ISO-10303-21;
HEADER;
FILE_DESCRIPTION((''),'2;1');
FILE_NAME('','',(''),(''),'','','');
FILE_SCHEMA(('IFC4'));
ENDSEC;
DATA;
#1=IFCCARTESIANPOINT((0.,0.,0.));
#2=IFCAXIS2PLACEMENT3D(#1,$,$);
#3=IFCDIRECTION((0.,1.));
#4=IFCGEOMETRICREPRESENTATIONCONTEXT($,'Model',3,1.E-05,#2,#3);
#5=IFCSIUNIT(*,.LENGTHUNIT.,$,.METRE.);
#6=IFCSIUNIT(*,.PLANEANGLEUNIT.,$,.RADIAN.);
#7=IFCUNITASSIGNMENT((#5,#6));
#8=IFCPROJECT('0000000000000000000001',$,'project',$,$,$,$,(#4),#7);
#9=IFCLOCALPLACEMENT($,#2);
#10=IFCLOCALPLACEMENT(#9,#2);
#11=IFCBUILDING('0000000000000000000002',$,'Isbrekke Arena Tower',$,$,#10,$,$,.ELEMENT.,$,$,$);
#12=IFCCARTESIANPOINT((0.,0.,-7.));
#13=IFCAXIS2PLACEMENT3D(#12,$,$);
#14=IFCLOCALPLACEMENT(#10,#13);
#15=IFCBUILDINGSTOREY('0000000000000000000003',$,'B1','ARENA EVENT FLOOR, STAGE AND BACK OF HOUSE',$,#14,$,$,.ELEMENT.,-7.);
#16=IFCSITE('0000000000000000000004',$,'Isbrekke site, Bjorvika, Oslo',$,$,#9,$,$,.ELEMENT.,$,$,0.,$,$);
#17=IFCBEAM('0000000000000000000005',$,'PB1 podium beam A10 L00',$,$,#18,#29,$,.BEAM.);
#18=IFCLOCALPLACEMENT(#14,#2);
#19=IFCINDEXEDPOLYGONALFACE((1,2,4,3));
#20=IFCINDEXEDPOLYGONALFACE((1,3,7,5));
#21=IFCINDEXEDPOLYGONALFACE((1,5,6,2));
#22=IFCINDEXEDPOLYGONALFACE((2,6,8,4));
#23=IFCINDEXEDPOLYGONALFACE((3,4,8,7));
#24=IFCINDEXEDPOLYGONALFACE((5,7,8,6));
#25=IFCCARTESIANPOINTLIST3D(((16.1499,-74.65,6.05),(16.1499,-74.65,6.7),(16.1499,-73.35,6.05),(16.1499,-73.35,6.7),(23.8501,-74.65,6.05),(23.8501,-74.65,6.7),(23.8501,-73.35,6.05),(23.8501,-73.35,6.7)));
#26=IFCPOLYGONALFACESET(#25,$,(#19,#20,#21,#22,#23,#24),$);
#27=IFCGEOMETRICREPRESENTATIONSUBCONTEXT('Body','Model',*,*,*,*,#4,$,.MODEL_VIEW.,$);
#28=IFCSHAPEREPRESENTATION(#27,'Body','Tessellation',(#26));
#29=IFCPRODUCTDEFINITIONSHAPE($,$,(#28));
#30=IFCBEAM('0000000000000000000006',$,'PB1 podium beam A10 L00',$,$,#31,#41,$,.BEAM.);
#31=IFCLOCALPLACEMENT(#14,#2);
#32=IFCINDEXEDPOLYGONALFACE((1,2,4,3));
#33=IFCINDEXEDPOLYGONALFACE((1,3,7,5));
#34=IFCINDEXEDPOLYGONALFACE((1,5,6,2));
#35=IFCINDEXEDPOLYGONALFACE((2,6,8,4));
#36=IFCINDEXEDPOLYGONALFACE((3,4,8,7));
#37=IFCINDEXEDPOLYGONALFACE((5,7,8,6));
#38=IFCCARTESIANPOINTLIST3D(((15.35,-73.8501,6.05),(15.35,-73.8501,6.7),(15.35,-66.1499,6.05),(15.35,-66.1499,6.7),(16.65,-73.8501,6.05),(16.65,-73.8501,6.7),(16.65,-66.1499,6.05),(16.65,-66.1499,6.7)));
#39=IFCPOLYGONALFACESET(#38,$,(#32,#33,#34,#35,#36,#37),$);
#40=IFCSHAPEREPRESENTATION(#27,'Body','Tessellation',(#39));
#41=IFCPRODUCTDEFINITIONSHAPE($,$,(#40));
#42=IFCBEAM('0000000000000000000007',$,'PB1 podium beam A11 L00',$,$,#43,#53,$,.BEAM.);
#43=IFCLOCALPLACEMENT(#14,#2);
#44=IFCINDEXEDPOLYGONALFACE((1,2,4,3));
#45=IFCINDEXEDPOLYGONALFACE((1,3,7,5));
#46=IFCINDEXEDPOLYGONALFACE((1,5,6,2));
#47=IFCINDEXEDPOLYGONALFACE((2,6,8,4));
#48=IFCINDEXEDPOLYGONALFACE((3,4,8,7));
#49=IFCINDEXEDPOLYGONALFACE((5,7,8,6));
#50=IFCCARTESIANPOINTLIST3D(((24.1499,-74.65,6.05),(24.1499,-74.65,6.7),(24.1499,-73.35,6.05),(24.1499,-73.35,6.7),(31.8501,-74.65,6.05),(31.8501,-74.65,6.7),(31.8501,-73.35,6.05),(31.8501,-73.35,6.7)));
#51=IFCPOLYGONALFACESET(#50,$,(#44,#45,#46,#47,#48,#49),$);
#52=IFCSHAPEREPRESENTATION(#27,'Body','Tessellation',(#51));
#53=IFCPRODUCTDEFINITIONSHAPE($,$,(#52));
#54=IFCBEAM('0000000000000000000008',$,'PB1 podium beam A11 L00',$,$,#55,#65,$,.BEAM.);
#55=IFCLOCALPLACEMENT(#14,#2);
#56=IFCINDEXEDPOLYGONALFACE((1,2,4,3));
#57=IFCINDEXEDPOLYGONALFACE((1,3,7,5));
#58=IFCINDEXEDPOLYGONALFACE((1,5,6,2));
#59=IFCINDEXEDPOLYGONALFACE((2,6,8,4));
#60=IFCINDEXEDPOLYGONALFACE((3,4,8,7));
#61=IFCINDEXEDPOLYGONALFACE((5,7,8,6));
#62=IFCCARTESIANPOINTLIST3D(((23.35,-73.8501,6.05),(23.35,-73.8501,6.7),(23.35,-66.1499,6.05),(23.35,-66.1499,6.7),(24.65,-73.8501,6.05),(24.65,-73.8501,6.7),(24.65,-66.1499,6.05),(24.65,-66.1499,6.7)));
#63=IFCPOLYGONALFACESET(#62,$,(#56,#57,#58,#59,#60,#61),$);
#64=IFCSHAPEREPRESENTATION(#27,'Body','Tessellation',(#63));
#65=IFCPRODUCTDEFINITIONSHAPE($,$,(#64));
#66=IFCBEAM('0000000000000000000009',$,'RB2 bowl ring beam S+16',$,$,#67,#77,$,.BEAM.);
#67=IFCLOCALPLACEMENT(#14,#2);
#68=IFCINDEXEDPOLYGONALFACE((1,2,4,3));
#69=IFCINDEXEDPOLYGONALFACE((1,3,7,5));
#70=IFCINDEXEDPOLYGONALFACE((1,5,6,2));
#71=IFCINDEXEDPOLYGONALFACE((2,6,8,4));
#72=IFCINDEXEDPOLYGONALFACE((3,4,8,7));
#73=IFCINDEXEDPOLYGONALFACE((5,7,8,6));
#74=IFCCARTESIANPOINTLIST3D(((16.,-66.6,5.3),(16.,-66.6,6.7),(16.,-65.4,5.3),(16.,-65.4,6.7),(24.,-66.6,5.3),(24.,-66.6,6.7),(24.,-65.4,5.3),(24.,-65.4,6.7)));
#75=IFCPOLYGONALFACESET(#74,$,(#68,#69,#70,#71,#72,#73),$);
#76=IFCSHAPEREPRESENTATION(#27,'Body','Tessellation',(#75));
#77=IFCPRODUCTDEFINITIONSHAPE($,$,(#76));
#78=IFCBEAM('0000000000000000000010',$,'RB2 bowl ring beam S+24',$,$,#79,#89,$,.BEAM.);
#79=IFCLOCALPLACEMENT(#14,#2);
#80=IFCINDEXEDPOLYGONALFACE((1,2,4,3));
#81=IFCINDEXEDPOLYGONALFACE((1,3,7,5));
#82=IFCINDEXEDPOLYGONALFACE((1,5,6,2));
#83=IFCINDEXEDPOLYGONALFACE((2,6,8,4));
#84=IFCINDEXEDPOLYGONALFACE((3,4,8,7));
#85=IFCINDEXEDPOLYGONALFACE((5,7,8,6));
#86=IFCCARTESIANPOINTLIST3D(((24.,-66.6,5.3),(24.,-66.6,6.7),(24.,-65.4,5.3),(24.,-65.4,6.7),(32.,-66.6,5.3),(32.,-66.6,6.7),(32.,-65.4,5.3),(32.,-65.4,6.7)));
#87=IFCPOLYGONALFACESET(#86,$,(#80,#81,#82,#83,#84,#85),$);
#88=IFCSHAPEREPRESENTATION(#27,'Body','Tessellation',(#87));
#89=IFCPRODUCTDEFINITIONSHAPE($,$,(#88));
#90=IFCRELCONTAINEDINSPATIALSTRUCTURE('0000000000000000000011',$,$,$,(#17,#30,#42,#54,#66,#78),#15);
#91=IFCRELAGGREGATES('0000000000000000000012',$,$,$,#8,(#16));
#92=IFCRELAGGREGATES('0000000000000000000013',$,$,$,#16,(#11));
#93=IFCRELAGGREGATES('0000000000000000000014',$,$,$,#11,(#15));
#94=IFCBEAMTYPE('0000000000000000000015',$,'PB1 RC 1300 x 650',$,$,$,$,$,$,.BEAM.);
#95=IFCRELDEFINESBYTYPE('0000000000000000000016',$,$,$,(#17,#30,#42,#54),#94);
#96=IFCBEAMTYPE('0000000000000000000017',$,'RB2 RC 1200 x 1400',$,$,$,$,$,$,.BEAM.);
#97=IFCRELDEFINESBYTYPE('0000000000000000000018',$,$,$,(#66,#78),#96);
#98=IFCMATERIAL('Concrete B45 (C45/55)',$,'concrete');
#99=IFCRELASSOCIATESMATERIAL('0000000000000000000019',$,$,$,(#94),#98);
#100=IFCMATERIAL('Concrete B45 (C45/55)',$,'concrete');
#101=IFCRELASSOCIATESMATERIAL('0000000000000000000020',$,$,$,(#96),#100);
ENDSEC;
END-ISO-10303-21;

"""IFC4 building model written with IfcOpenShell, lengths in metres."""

from ifc_helpers import new_model, si_unit, direction, frame, origin, origin_2d, place, context, subcontext, project, spatial, rectangle, extrude, material, material_profile, profile_set, type_object, element, save


model = new_model("IFC4")

# Units and contexts
model_context = context("Model", 3, precision=1e-05, world=origin(), true_north=direction((0.0, 1.0)))
body_context = subcontext(model_context, "Body", "Model", "MODEL_VIEW")
ifc_project = project(units=[si_unit("LENGTHUNIT", "METRE"), si_unit("PLANEANGLEUNIT", "RADIAN")], contexts=[model_context])

# Site, building, storey
site_placement = place(None, origin())
site = spatial("IfcSite", under=ifc_project, at=site_placement, Name="Isbrekke site, Bjorvika, Oslo", CompositionType="ELEMENT", RefElevation=0.0)
building_placement = place(site_placement, origin())
building = spatial("IfcBuilding", under=site, at=building_placement, Name="Isbrekke Arena Tower", CompositionType="ELEMENT")
storey_placement = place(building_placement, frame((0.0, 0.0, -7.0)))
storey = spatial("IfcBuildingStorey", under=building, at=storey_placement, Name="B1", Description="ARENA EVENT FLOOR, STAGE AND BACK OF HOUSE", CompositionType="ELEMENT", Elevation=-7.0)

# Beams
ifc_material_1 = material(Name="Concrete B45 (C45/55)", Category="concrete")
ifc_material_profile_1 = material_profile(ifc_material_1, rectangle(XDim=1.3, YDim=0.6499, at=origin_2d()), Name="RC 1300x650")
ifc_profile_set_1 = profile_set([ifc_material_profile_1], Name="Concrete B45 (C45/55)")
beam_type_1 = type_object("IfcBeamType", Name="PB1 RC 1300 x 650", PredefinedType="BEAM", material=ifc_profile_set_1)
for number, where, z_axis, x_axis, name in (
    (1, (16.1499, -74.0, 6.375), (1.0, 0.0, 0.0), (0.0, 1.0, 0.0), "PB1 podium beam A10 L00"),
    (2, (16.0, -73.8501, 6.375), (0.0, 1.0, 0.0), (-1.0, 0.0, 0.0), "PB1 podium beam A10 L00"),
    (3, (24.1499, -74.0, 6.375), (1.0, 0.0, 0.0), (0.0, 1.0, 0.0), "PB1 podium beam A11 L00"),
    (4, (24.0, -73.8501, 6.375), (0.0, 1.0, 0.0), (-1.0, 0.0, 0.0), "PB1 podium beam A11 L00"),
):
    element("IfcBeam", number, at=place(storey_placement, frame(where, z_axis=z_axis, x_axis=x_axis)), inside=storey, type_object=beam_type_1, Name=name, PredefinedType="BEAM", context=body_context, shape_type="SweptSolid", body=[
        extrude(rectangle(XDim=1.3, YDim=0.6499, at=origin_2d()), origin(), (0.0, 0.0, 1.0), 7.7002),
    ])
ifc_material_2 = material(Name="Concrete B45 (C45/55)", Category="concrete")
ifc_material_profile_2 = material_profile(ifc_material_2, rectangle(XDim=1.2, YDim=1.3999, at=origin_2d()), Name="RC 1200x1400")
ifc_profile_set_2 = profile_set([ifc_material_profile_2], Name="Concrete B45 (C45/55)")
beam_type_2 = type_object("IfcBeamType", Name="RB2 RC 1200 x 1400", PredefinedType="BEAM", material=ifc_profile_set_2)
for number, where, z_axis, x_axis, name in (
    (5, (16.0, -66.0, 6.0), (1.0, 0.0, 0.0), (0.0, 1.0, 0.0), "RB2 bowl ring beam S+16"),
    (6, (24.0, -66.0, 6.0), (1.0, 0.0, 0.0), (0.0, 1.0, 0.0), "RB2 bowl ring beam S+24"),
):
    element("IfcBeam", number, at=place(storey_placement, frame(where, z_axis=z_axis, x_axis=x_axis)), inside=storey, type_object=beam_type_2, Name=name, PredefinedType="BEAM", context=body_context, shape_type="SweptSolid", body=[
        extrude(rectangle(XDim=1.2, YDim=1.3999, at=origin_2d()), origin(), (0.0, 0.0, 1.0), 8.0),
    ])

save(model, "model.ifc")
